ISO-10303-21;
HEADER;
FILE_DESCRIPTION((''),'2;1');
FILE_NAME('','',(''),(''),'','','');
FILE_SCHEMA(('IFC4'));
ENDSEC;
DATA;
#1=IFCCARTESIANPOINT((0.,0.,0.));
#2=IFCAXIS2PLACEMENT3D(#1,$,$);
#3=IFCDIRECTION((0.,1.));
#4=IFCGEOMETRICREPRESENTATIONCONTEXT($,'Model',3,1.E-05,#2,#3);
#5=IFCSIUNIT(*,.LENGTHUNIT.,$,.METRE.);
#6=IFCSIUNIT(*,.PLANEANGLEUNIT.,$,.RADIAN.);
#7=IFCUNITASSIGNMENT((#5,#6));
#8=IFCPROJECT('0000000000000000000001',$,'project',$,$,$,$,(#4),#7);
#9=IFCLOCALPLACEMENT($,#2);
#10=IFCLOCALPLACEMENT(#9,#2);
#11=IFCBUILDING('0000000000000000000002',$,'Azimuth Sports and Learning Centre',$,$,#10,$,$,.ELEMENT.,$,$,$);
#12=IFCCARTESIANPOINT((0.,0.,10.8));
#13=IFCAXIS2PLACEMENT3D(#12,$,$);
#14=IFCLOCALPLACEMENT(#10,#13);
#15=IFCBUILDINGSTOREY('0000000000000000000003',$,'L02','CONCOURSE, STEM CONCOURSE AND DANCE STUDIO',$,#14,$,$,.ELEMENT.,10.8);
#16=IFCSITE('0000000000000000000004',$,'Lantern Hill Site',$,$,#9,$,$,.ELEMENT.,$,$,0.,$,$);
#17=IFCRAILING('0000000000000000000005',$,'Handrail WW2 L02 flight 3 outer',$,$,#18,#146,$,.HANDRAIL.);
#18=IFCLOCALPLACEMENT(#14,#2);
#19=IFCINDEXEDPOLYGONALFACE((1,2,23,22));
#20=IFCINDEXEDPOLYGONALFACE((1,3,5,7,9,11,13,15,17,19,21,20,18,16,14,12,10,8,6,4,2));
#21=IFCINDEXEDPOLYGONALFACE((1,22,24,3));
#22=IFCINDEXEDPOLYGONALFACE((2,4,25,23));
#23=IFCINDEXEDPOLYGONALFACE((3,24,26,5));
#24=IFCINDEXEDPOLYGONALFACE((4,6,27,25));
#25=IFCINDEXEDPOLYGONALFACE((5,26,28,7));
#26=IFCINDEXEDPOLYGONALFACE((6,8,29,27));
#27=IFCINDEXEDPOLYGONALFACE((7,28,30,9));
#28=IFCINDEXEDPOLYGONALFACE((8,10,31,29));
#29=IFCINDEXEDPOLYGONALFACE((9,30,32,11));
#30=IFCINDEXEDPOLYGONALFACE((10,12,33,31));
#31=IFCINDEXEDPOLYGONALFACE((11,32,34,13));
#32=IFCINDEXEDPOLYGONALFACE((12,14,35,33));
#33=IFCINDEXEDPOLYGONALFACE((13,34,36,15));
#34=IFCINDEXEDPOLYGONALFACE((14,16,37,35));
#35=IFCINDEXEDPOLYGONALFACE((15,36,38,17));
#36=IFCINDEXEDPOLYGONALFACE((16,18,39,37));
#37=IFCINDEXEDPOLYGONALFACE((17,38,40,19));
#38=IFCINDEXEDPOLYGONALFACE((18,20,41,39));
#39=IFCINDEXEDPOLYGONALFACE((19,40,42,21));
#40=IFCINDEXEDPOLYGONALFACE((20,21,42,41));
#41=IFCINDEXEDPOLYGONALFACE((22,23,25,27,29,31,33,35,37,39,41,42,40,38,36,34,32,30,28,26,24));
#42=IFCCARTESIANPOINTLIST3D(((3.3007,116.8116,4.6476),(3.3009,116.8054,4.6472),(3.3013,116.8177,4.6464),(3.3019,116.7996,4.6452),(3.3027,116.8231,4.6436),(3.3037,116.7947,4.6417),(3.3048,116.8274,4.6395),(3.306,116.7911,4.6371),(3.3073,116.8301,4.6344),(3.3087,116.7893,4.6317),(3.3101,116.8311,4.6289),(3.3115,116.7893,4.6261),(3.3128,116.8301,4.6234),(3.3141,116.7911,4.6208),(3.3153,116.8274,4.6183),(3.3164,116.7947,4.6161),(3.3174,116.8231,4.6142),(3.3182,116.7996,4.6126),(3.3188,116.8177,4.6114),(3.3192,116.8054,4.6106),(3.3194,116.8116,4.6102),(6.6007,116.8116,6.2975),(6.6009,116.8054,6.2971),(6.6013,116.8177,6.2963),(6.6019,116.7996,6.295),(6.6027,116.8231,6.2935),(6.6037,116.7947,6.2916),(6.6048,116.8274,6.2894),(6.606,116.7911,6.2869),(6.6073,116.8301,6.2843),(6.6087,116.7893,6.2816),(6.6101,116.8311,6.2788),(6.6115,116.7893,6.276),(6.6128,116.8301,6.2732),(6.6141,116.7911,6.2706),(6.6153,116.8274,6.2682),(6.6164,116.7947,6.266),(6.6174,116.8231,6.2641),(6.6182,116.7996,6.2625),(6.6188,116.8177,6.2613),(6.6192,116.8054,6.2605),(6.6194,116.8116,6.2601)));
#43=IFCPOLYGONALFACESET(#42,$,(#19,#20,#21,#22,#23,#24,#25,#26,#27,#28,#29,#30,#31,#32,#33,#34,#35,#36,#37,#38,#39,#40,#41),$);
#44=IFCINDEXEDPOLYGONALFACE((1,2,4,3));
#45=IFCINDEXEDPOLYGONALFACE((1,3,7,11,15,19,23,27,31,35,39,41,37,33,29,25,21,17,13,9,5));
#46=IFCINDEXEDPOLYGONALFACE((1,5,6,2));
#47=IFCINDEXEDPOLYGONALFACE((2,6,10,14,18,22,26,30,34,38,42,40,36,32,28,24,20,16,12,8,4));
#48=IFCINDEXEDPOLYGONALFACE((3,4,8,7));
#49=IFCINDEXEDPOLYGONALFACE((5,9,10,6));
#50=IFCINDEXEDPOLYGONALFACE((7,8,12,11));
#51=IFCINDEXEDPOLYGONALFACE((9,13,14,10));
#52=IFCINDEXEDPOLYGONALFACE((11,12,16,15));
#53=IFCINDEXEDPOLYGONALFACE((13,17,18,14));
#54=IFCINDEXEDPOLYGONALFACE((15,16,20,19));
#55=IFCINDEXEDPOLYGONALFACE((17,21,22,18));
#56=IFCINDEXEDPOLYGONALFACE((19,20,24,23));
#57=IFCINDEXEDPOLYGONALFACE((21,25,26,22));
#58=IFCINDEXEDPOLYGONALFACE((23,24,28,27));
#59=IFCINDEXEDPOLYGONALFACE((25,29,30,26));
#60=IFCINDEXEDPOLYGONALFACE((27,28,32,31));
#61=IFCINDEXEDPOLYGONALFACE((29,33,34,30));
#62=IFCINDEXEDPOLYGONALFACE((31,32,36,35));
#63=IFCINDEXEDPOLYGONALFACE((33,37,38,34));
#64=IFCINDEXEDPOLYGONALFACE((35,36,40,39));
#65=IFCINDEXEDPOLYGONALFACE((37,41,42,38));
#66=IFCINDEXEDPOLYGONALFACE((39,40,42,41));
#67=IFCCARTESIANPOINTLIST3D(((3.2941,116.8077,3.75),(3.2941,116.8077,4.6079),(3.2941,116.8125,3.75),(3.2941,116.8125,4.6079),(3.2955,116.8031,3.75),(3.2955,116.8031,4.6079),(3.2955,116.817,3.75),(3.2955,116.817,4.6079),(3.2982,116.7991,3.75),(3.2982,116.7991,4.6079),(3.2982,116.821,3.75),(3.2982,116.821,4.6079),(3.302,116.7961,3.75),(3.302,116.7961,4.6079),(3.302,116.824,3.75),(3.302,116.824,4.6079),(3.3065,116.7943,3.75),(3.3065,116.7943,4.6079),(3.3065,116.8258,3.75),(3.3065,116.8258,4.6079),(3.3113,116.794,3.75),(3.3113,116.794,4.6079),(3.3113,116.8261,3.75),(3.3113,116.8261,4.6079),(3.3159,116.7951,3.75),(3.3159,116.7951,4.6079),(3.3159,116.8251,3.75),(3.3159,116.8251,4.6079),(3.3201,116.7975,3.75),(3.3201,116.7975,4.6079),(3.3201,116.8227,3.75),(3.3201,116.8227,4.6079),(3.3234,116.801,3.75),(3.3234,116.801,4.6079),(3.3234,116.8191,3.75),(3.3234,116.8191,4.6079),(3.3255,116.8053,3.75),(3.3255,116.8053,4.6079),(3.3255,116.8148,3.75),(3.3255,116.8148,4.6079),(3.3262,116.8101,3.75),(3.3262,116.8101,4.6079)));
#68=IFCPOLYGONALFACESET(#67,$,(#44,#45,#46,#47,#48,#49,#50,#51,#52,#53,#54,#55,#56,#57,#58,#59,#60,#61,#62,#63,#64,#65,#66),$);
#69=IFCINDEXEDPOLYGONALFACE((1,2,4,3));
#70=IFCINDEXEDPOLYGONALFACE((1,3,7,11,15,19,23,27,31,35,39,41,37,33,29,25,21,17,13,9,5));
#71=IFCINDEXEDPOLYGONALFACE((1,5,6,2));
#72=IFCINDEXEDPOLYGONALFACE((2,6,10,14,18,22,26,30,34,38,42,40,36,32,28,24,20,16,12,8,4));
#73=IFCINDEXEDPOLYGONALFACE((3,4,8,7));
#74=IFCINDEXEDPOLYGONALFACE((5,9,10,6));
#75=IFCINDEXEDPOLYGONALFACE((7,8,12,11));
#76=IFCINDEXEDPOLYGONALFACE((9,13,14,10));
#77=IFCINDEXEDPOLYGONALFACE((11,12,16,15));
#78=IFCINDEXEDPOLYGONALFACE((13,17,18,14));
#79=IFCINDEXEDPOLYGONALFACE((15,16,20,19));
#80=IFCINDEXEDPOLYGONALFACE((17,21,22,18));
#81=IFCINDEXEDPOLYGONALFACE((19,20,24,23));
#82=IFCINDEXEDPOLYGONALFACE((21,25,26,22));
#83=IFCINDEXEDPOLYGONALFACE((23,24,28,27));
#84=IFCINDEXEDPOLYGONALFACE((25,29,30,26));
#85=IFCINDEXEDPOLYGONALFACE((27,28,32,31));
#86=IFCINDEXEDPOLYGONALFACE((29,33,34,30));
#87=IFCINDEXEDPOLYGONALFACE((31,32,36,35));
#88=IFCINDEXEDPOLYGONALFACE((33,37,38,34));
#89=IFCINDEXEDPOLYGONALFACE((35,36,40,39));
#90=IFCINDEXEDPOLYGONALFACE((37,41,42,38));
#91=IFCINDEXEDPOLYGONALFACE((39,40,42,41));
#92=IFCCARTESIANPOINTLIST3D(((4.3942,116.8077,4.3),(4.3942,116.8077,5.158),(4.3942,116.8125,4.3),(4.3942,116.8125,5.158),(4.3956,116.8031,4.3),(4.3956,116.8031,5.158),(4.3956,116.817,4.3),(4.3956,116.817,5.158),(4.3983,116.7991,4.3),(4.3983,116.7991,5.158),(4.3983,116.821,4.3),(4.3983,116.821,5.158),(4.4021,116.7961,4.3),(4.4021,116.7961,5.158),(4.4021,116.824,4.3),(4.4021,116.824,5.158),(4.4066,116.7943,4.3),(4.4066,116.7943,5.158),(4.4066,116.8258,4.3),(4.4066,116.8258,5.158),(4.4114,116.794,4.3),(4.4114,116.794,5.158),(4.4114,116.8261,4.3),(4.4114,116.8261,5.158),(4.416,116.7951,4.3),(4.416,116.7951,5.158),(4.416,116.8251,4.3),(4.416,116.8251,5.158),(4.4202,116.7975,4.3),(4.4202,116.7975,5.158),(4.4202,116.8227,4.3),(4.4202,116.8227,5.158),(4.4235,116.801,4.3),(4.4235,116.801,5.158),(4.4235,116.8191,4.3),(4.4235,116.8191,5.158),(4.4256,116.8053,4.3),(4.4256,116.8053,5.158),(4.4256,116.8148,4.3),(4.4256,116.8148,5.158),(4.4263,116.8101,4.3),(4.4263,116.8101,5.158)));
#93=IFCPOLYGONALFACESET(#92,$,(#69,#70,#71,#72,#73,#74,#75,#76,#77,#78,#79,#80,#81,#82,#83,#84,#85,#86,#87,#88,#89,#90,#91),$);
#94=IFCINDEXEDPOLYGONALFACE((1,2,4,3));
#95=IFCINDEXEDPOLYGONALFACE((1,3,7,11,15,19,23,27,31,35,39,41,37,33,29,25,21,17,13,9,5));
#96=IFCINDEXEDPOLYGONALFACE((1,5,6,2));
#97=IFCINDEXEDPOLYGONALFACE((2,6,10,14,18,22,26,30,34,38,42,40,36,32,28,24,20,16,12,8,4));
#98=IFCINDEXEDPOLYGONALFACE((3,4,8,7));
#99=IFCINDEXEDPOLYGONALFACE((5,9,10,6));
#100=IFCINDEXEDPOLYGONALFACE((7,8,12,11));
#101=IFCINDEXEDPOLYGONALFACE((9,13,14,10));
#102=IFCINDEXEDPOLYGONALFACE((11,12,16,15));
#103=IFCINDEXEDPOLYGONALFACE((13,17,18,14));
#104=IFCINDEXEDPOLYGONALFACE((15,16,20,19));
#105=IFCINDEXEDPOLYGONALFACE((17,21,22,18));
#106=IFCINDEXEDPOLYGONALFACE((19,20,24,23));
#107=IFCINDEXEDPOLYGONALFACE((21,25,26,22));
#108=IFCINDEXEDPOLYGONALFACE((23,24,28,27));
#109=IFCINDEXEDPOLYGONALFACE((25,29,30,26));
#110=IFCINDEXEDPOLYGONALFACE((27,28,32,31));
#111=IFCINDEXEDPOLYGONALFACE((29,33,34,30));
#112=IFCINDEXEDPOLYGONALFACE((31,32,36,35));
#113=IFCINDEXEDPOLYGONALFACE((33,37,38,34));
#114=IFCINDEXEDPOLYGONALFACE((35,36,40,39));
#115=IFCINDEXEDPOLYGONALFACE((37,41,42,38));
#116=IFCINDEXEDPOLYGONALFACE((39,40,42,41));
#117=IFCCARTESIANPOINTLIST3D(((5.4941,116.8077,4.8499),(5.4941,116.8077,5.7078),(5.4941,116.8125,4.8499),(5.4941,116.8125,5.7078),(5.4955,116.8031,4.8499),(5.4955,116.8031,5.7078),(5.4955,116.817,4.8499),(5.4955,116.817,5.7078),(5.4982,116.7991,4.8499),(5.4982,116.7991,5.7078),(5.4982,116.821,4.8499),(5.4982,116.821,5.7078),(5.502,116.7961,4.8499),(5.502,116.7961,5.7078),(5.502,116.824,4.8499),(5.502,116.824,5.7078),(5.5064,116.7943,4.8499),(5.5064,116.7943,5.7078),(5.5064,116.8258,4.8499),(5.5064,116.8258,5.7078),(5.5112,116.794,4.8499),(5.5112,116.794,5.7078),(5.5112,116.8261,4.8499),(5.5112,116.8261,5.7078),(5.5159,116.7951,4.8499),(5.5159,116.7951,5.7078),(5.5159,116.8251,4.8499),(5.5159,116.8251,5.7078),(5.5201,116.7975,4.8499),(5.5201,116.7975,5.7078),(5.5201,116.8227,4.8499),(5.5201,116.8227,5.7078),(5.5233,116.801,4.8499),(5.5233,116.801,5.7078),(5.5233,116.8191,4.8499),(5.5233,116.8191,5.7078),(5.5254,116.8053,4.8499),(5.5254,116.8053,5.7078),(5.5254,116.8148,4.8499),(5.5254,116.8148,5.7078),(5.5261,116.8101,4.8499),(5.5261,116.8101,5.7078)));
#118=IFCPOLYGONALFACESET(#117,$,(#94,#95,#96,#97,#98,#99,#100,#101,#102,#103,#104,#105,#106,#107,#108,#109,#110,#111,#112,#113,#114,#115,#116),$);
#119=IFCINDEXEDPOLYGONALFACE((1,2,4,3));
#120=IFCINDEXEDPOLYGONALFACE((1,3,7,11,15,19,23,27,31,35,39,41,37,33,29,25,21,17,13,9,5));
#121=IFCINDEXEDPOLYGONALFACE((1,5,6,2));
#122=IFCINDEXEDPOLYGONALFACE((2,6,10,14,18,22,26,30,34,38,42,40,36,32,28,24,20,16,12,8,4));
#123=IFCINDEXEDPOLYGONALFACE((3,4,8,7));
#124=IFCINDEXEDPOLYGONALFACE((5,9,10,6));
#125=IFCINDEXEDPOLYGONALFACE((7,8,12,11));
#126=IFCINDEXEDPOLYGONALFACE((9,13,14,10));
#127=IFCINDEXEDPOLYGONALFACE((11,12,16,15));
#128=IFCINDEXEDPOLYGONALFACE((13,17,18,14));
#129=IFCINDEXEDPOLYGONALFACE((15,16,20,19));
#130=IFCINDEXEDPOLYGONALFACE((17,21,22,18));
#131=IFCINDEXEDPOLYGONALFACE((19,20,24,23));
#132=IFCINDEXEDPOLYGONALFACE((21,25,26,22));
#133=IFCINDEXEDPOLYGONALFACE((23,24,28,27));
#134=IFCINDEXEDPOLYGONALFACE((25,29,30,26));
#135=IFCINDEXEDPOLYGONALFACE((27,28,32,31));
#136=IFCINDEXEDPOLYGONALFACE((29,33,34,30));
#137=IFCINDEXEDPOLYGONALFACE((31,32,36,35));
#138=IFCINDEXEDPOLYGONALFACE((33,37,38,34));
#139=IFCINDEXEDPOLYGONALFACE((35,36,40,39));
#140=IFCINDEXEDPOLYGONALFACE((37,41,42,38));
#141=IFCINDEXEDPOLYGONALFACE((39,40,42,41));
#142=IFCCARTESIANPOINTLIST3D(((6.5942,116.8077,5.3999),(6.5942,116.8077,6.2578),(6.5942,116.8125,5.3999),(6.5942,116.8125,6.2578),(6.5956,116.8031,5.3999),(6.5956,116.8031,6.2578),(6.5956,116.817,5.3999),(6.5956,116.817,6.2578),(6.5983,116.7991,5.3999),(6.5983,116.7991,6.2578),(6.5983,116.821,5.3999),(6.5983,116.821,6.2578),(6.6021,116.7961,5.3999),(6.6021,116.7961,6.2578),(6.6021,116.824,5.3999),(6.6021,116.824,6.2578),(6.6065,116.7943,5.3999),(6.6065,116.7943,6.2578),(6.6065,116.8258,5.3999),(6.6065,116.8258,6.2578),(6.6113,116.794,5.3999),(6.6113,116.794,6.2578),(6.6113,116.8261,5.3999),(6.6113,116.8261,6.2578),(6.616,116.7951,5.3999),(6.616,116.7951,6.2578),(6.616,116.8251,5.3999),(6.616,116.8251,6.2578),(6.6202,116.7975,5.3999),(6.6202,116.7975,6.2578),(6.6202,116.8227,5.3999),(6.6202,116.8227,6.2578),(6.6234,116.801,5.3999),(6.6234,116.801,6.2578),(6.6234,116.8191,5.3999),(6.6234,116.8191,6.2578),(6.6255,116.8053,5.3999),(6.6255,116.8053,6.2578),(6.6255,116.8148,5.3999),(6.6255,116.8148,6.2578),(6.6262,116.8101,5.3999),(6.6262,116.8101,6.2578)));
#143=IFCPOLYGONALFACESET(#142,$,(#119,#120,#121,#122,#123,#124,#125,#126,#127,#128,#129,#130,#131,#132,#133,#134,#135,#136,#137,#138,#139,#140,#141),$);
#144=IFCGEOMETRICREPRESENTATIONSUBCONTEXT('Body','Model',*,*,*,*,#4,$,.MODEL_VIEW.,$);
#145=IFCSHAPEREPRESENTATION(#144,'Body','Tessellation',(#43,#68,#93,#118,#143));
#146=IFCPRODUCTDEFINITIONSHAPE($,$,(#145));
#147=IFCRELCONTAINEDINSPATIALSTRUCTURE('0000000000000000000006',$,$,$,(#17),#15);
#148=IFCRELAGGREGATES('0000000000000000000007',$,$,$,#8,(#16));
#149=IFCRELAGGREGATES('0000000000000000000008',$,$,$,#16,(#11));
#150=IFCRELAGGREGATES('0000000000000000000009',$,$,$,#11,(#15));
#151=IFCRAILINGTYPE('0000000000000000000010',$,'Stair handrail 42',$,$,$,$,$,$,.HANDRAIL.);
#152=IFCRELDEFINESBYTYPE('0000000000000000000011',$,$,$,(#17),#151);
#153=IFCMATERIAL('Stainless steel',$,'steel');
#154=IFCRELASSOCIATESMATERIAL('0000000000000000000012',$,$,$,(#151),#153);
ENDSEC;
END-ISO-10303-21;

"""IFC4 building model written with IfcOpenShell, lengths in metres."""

from ifc_helpers import new_model, si_unit, direction, frame, origin, origin_2d, place, context, subcontext, project, spatial, circle, extrude, material, type_object, element, save


model = new_model("IFC4")

# Units and contexts
model_context = context("Model", 3, precision=1e-05, world=origin(), true_north=direction((0.0, 1.0)))
body_context = subcontext(model_context, "Body", "Model", "MODEL_VIEW")
ifc_project = project(units=[si_unit("LENGTHUNIT", "METRE"), si_unit("PLANEANGLEUNIT", "RADIAN")], contexts=[model_context])

# Site, building, storey
site_placement = place(None, origin())
site = spatial("IfcSite", under=ifc_project, at=site_placement, Name="Lantern Hill Site", CompositionType="ELEMENT", RefElevation=0.0)
building_placement = place(site_placement, origin())
building = spatial("IfcBuilding", under=site, at=building_placement, Name="Azimuth Sports and Learning Centre", CompositionType="ELEMENT")
storey_placement = place(building_placement, frame((0.0, 0.0, 10.8)))
storey = spatial("IfcBuildingStorey", under=building, at=storey_placement, Name="L02", Description="CONCOURSE, STEM CONCOURSE AND DANCE STUDIO", CompositionType="ELEMENT", Elevation=10.8)

# Railing
ifc_material_1 = material(Name="Stainless steel", Category="steel")
railing_type_1 = type_object("IfcRailingType", Name="Stair handrail 42", PredefinedType="HANDRAIL", material=ifc_material_1)
for number, where, name in (
    (1, (3.3101, 116.8101, 3.75), "Handrail WW2 L02 flight 3 outer"),
):
    element("IfcRailing", number, at=place(storey_placement, frame(where)), inside=storey, type_object=railing_type_1, Name=name, PredefinedType="HANDRAIL", context=body_context, shape_type="SweptSolid", body=[
        extrude(circle(Radius=0.021, at=origin_2d()), frame((0.0, 0.0, 0.8789), z_axis=(0.89444, 0.0, 0.447187), x_axis=(0.0, 1.0, 0.0)), (0.0, 0.0, 1.0), 3.6895),
        extrude(circle(Radius=0.0161, at=origin_2d()), origin(), (0.0, 0.0, 1.0), 0.8579),
        extrude(circle(Radius=0.0161, at=origin_2d()), frame((1.1001, 0.0, 0.55)), (0.0, 0.0, 1.0), 0.8579),
        extrude(circle(Radius=0.0161, at=origin_2d()), frame((2.2, 0.0, 1.0999)), (0.0, 0.0, 1.0), 0.8579),
        extrude(circle(Radius=0.0161, at=origin_2d()), frame((3.3, 0.0, 1.6499)), (0.0, 0.0, 1.0), 0.8579),
    ])

save(model, "model.ifc")
